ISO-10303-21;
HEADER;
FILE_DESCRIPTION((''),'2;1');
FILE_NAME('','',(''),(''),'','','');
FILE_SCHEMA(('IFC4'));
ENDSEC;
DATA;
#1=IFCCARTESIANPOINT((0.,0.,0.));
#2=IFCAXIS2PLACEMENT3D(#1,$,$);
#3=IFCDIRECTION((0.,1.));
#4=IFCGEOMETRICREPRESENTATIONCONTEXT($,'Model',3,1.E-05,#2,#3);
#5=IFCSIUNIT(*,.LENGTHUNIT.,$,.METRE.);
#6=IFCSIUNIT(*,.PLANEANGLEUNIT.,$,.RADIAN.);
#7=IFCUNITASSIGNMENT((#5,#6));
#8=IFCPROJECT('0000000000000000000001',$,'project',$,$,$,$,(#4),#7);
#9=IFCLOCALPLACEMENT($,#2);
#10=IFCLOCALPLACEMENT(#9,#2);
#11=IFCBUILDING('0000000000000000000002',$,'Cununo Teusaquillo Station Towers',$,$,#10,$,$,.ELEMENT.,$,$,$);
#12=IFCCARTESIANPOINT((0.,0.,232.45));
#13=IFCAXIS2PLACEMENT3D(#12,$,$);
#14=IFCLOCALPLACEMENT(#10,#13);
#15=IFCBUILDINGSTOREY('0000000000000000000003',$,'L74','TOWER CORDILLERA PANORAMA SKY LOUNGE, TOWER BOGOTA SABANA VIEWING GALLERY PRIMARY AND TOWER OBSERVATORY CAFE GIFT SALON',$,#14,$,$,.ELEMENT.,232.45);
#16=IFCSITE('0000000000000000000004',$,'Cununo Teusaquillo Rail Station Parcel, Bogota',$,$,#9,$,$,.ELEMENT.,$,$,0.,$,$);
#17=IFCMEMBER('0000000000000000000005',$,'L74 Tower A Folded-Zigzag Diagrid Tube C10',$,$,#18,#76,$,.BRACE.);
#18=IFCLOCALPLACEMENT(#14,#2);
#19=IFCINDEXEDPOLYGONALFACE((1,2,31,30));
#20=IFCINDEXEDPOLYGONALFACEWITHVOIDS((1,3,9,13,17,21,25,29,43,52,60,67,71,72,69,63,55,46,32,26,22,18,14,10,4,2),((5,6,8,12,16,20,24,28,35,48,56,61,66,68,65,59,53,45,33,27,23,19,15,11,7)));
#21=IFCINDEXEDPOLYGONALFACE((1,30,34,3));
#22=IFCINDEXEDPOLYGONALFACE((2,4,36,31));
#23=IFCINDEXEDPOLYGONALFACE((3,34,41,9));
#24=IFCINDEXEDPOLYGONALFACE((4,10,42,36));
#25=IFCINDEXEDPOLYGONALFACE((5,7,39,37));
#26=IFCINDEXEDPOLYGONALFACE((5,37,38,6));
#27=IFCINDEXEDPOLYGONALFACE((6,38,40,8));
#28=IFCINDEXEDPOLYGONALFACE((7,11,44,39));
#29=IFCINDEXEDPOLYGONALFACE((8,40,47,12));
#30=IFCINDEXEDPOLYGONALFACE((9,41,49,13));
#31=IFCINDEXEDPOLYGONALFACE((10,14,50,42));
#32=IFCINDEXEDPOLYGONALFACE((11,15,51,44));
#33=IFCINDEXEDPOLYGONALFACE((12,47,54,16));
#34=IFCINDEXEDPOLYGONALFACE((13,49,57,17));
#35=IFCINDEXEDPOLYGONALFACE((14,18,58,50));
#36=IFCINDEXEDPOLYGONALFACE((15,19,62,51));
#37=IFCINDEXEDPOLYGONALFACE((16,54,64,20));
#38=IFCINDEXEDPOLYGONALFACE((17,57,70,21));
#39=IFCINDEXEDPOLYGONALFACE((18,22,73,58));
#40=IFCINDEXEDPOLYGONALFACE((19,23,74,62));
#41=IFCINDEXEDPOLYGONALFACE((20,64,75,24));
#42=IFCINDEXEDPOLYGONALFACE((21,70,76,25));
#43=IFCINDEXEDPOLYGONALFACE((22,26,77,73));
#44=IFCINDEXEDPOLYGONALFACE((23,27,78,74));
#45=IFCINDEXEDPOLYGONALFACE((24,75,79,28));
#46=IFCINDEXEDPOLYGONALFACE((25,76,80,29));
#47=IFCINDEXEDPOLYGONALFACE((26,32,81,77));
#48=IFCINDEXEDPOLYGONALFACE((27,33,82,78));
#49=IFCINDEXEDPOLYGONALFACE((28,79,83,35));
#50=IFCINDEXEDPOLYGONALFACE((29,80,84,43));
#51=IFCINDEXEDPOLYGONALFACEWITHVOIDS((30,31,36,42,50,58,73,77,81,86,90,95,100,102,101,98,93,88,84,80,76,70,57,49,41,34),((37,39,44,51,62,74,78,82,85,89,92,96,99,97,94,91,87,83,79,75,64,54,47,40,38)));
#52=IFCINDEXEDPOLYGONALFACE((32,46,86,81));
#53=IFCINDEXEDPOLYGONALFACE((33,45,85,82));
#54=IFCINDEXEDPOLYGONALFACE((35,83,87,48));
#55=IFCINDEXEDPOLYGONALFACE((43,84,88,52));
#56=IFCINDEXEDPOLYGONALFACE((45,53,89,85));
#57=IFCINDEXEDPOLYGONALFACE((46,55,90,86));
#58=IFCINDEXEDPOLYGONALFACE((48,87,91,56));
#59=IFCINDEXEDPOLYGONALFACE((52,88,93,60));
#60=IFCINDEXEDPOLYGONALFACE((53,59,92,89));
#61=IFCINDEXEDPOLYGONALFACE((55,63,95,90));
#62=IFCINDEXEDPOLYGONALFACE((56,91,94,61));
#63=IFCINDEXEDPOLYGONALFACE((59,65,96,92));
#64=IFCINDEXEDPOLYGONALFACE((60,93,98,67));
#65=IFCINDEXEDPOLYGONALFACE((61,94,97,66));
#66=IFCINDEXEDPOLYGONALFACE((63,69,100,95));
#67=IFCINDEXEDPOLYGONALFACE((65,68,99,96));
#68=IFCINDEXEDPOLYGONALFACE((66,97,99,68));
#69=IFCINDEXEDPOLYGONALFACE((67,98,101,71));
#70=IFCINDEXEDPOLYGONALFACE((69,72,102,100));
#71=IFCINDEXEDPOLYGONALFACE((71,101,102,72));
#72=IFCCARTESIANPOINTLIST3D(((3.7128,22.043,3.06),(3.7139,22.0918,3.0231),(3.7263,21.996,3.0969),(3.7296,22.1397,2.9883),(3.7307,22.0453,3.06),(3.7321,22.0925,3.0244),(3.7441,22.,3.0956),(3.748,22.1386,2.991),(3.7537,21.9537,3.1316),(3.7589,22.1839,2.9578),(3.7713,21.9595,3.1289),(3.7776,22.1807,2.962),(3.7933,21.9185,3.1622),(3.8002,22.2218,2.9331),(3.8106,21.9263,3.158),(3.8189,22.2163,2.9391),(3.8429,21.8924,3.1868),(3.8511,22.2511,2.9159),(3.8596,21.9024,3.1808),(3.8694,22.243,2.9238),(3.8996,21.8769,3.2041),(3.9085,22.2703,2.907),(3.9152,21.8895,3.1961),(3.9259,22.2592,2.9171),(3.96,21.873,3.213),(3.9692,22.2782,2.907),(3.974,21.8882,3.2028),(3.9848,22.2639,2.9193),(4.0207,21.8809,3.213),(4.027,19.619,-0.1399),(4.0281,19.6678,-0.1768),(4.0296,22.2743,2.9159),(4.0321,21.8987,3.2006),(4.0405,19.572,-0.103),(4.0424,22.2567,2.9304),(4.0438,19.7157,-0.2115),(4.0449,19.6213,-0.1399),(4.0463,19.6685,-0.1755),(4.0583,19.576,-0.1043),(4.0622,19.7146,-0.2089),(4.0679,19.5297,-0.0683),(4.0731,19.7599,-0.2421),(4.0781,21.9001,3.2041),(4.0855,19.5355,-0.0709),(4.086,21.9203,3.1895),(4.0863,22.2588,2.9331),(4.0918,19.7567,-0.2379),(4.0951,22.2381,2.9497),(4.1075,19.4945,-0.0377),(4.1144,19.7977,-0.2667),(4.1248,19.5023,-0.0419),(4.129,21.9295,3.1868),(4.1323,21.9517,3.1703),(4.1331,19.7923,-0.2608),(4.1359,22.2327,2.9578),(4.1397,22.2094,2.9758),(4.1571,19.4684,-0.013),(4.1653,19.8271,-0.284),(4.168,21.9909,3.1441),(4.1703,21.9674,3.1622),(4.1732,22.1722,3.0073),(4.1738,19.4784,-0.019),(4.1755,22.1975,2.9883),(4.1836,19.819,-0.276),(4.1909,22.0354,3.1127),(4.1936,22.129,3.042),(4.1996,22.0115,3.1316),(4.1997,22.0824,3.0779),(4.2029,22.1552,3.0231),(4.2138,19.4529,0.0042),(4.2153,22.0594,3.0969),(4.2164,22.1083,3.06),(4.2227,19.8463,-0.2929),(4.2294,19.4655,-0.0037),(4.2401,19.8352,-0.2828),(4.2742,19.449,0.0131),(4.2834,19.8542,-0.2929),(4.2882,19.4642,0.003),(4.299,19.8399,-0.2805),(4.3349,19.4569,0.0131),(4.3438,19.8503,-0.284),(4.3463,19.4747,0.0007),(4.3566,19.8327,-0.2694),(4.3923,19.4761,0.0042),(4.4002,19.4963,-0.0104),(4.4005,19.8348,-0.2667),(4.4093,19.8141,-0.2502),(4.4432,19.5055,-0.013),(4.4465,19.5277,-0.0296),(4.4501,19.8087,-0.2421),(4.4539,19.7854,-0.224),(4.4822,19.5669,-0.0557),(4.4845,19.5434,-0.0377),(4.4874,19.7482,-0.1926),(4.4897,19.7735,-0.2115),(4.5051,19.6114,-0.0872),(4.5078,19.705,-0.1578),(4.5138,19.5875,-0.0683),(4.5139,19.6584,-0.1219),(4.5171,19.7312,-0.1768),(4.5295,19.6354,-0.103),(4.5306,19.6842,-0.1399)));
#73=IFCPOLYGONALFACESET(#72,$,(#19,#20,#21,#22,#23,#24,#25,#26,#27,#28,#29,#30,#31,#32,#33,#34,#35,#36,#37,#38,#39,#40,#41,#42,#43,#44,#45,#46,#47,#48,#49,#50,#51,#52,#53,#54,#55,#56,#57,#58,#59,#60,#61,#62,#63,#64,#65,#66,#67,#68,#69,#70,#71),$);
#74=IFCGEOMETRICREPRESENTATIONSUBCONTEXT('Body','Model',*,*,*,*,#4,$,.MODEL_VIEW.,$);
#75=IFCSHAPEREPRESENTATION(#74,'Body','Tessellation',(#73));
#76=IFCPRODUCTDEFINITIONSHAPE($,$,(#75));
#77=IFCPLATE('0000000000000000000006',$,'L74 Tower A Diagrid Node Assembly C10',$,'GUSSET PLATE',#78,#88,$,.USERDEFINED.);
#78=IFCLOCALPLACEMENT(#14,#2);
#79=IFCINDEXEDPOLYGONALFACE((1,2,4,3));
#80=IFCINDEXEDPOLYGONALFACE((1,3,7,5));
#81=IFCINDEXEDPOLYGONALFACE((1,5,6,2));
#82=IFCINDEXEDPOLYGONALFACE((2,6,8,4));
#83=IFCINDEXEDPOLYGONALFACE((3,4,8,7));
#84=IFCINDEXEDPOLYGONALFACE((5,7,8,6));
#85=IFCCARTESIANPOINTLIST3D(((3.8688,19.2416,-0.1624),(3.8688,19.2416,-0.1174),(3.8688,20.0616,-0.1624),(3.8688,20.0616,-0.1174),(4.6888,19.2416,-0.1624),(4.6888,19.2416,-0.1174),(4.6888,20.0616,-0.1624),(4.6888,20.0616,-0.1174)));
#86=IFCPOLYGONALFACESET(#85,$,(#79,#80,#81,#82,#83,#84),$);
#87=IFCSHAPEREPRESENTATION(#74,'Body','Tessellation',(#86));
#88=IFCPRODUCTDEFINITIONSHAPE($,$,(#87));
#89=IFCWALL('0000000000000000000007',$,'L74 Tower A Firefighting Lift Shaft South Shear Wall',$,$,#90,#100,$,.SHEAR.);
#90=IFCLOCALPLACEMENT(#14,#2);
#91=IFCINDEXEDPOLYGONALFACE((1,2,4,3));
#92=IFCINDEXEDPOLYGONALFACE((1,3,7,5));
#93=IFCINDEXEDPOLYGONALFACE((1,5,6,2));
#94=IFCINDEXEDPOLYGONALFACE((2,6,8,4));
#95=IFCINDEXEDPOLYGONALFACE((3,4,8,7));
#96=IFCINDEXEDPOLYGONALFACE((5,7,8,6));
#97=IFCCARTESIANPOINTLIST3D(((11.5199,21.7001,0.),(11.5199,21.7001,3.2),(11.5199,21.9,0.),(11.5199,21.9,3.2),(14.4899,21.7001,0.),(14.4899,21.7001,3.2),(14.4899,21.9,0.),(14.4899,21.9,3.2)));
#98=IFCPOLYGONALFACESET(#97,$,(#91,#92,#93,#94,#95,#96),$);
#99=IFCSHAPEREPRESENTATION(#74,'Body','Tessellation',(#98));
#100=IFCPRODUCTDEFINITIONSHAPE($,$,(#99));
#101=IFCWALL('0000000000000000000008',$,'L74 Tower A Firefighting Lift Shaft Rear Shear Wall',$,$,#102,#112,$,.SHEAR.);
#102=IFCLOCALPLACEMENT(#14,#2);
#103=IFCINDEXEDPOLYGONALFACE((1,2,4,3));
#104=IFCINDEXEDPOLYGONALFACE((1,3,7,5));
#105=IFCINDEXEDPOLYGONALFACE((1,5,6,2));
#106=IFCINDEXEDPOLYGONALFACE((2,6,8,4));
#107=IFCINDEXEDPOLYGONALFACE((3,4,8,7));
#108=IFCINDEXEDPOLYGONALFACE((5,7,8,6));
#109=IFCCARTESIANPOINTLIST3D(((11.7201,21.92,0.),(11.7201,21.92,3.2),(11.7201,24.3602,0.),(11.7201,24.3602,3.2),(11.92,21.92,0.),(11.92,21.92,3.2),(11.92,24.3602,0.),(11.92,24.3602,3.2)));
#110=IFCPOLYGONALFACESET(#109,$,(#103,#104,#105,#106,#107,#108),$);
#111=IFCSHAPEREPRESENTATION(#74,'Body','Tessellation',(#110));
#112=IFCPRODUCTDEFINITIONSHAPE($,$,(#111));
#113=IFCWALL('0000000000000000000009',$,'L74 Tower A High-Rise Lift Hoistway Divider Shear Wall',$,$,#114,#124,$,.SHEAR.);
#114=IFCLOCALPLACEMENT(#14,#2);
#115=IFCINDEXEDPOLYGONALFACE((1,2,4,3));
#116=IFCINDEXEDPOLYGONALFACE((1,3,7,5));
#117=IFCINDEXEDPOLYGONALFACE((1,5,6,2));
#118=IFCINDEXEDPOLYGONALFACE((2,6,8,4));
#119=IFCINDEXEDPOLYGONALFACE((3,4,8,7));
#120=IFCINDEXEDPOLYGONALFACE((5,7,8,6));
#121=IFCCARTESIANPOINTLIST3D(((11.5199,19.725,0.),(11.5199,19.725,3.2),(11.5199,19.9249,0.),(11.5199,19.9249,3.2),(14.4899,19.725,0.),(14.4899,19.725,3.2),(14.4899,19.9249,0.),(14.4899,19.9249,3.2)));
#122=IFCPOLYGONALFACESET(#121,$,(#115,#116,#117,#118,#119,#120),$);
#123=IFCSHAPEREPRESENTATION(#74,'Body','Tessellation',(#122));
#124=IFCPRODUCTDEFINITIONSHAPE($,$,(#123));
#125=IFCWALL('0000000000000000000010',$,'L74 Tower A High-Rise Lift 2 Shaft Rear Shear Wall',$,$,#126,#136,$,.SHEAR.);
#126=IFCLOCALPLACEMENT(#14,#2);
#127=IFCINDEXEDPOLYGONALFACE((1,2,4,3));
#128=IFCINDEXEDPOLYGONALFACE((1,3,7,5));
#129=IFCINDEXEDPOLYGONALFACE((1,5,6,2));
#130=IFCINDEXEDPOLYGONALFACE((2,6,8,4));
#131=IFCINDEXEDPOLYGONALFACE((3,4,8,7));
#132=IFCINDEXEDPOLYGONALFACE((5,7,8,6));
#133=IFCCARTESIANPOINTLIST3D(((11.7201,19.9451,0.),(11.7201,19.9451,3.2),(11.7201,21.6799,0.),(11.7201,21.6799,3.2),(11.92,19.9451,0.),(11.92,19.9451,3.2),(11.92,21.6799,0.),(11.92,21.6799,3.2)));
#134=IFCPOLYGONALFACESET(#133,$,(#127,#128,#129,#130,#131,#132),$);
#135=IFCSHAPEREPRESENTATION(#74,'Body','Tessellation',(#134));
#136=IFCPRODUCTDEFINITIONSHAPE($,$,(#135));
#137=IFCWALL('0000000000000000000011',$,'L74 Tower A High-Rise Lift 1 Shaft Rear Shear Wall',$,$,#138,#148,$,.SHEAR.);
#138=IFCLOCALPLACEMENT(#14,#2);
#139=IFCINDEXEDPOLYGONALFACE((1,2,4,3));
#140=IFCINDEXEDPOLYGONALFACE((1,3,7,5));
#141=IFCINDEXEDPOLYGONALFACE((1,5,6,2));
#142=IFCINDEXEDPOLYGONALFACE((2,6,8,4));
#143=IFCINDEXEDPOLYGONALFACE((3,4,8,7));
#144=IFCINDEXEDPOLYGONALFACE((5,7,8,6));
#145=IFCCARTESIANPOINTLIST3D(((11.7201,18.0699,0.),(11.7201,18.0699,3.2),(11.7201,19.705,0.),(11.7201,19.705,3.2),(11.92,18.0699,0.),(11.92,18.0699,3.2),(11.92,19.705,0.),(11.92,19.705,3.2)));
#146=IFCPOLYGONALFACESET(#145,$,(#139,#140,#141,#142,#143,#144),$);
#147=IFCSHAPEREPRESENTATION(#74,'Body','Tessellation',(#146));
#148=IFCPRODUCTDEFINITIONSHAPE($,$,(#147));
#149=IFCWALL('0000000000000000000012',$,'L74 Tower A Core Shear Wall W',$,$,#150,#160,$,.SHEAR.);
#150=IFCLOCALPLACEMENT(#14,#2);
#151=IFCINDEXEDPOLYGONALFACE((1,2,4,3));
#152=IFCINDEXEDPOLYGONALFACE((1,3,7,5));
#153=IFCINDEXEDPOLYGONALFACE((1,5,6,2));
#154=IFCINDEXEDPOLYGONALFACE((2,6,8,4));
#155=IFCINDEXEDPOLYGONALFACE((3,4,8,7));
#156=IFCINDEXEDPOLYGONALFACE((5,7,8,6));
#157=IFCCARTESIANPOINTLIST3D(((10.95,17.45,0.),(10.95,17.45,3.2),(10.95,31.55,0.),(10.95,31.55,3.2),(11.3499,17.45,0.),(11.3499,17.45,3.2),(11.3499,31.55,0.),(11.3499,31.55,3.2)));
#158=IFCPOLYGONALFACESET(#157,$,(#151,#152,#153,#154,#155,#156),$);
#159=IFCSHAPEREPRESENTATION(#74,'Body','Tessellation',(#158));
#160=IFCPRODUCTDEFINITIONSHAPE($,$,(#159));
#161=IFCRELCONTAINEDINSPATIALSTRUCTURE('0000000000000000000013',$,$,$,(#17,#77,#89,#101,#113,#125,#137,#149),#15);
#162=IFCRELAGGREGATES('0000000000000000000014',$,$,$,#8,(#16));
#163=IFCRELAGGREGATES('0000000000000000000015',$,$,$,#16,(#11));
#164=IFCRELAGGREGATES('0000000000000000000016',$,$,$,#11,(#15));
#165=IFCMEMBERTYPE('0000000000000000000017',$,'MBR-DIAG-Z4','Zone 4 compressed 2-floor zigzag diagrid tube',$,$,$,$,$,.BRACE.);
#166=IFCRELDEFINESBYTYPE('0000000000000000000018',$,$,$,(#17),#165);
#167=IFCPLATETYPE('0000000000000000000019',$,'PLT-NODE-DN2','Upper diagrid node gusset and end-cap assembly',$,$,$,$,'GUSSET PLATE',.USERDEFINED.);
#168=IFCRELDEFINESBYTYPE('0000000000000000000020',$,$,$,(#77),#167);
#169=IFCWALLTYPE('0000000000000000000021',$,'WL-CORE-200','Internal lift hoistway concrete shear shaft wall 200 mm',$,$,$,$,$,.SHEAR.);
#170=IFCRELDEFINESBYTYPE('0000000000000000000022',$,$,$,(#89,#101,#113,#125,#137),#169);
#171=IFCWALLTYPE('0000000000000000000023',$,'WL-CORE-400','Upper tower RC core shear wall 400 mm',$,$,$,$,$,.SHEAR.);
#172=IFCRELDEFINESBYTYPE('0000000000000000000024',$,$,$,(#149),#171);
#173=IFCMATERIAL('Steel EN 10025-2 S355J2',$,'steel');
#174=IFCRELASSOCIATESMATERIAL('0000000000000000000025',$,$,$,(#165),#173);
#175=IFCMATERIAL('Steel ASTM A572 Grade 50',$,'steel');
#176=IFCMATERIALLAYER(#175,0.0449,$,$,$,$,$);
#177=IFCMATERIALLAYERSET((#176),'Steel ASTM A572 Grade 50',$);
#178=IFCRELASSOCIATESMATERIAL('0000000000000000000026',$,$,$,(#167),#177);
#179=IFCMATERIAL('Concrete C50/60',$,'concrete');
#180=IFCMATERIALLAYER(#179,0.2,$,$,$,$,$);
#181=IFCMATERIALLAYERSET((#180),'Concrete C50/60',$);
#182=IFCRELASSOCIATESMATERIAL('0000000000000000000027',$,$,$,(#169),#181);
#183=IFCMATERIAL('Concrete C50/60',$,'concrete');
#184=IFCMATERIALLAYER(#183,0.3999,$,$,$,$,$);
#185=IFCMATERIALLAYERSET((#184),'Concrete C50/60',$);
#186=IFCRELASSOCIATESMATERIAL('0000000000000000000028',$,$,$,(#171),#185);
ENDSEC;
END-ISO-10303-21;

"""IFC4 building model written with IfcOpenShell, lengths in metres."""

from ifc_helpers import new_model, si_unit, direction, frame, frame_2d, origin, origin_2d, place, context, subcontext, project, spatial, rectangle, hollow_circle, extrude, source, transform, mapped, material, layer, layer_set, material_profile, profile_set, type_object, element, save


model = new_model("IFC4")

# Units and contexts
model_context = context("Model", 3, precision=1e-05, world=origin(), true_north=direction((0.0, 1.0)))
body_context = subcontext(model_context, "Body", "Model", "MODEL_VIEW")
ifc_project = project(units=[si_unit("LENGTHUNIT", "METRE"), si_unit("PLANEANGLEUNIT", "RADIAN")], contexts=[model_context])

# Site, building, storey
site_placement = place(None, origin())
site = spatial("IfcSite", under=ifc_project, at=site_placement, Name="Cununo Teusaquillo Rail Station Parcel, Bogota", CompositionType="ELEMENT", RefElevation=0.0)
building_placement = place(site_placement, origin())
building = spatial("IfcBuilding", under=site, at=building_placement, Name="Cununo Teusaquillo Station Towers", CompositionType="ELEMENT")
storey_placement = place(building_placement, frame((0.0, 0.0, 232.45)))
storey = spatial("IfcBuildingStorey", under=building, at=storey_placement, Name="L74", Description="TOWER CORDILLERA PANORAMA SKY LOUNGE, TOWER BOGOTA SABANA VIEWING GALLERY PRIMARY AND TOWER OBSERVATORY CAFE GIFT SALON", CompositionType="ELEMENT", Elevation=232.45)

# Member
ifc_material_1 = material(Name="Steel EN 10025-2 S355J2", Category="steel")
ifc_material_profile_1 = material_profile(ifc_material_1, hollow_circle(Radius=0.2539, WallThickness=0.0181, at=origin_2d()), Name="CHS 508x18")
ifc_profile_set_1 = profile_set([ifc_material_profile_1], Name="Steel EN 10025-2 S355J2")
member_type = type_object("IfcMemberType", Name="MBR-DIAG-Z4", Description="Zone 4 compressed 2-floor zigzag diagrid tube", PredefinedType="BRACE", material=ifc_profile_set_1)
member_placement = place(storey_placement, frame((4.2788, 19.6516, -0.1399), z_axis=(-0.078031, 0.601995, 0.794678), x_axis=(-0.991704, -0.128545, 0.0)))
element("IfcMember", 1, at=member_placement, inside=storey, type_object=member_type, Name="L74 Tower A Folded-Zigzag Diagrid Tube C10", PredefinedType="BRACE", context=body_context, shape_type="SweptSolid", body=[
    extrude(hollow_circle(Radius=0.2539, WallThickness=0.0181, at=origin_2d()), origin(), (0.0, 0.0, 1.0), 4.0266),
])

# Plate
ifc_material_2 = material(Name="Steel ASTM A572 Grade 50", Category="steel")
ifc_layer_1 = layer(ifc_material_2, 0.0449)
ifc_layer_set_1 = layer_set([ifc_layer_1], Name="Steel ASTM A572 Grade 50")
plate_type = type_object("IfcPlateType", Name="PLT-NODE-DN2", Description="Upper diagrid node gusset and end-cap assembly", ElementType="GUSSET PLATE", PredefinedType="USERDEFINED", material=ifc_layer_set_1)
shared_shape_1 = source(origin(), body_context, "Body", "SweptSolid", [
    extrude(rectangle(XDim=0.8201, YDim=0.8201, at=origin_2d()), origin(), (0.0, 0.0, 1.0), 0.0449),
])
plate_placement = place(storey_placement, frame((4.2788, 19.6516, -0.1624), z_axis=(0.0, 0.0, 1.0), x_axis=(1.0, 0.0, 0.0)))
element("IfcPlate", 2, at=plate_placement, inside=storey, type_object=plate_type, Name="L74 Tower A Diagrid Node Assembly C10", ObjectType="GUSSET PLATE", PredefinedType="USERDEFINED", context=body_context, shape_type="MappedRepresentation", body=[
    mapped(shared_shape_1, transform((0.0, 0.0, 0.0), x_axis=(1.0, 0.0, 0.0), y_axis=(0.0, 1.0, 0.0), z_axis=(0.0, 0.0, 1.0), scale=1.0)),
])

# Walls
ifc_material_3 = material(Name="Concrete C50/60", Category="concrete")
ifc_layer_2 = layer(ifc_material_3, 0.2)
ifc_layer_set_2 = layer_set([ifc_layer_2], Name="Concrete C50/60")
wall_type_1 = type_object("IfcWallType", Name="WL-CORE-200", Description="Internal lift hoistway concrete shear shaft wall 200 mm", PredefinedType="SHEAR", material=ifc_layer_set_2)
wall_1_placement = place(storey_placement, frame((11.52, 21.8, 0.0), z_axis=(0.0, 0.0, 1.0), x_axis=(1.0, 0.0, 0.0)))
element("IfcWall", 3, at=wall_1_placement, inside=storey, type_object=wall_type_1, Name="L74 Tower A Firefighting Lift Shaft South Shear Wall", PredefinedType="SHEAR", context=body_context, shape_type="SweptSolid", body=[
    extrude(rectangle(XDim=2.97, YDim=0.2, at=frame_2d((1.4849, 0.0))), origin(), (0.0, 0.0, 1.0), 3.2),
])
wall_2_placement = place(storey_placement, frame((11.8201, 21.9199, 0.0), z_axis=(0.0, 0.0, 1.0), x_axis=(0.0, 1.0, 0.0)))
element("IfcWall", 4, at=wall_2_placement, inside=storey, type_object=wall_type_1, Name="L74 Tower A Firefighting Lift Shaft Rear Shear Wall", PredefinedType="SHEAR", context=body_context, shape_type="SweptSolid", body=[
    extrude(rectangle(XDim=2.4402, YDim=0.2, at=frame_2d((1.2202, 0.0))), origin(), (0.0, 0.0, 1.0), 3.2),
])
wall_3_placement = place(storey_placement, frame((11.52, 19.825, 0.0), z_axis=(0.0, 0.0, 1.0), x_axis=(1.0, 0.0, 0.0)))
element("IfcWall", 5, at=wall_3_placement, inside=storey, type_object=wall_type_1, Name="L74 Tower A High-Rise Lift Hoistway Divider Shear Wall", PredefinedType="SHEAR", context=body_context, shape_type="SweptSolid", body=[
    extrude(rectangle(XDim=2.97, YDim=0.2, at=frame_2d((1.4849, 0.0))), origin(), (0.0, 0.0, 1.0), 3.2),
])
wall_4_placement = place(storey_placement, frame((11.8201, 19.9451, 0.0), z_axis=(0.0, 0.0, 1.0), x_axis=(0.0, 1.0, 0.0)))
element("IfcWall", 6, at=wall_4_placement, inside=storey, type_object=wall_type_1, Name="L74 Tower A High-Rise Lift 2 Shaft Rear Shear Wall", PredefinedType="SHEAR", context=body_context, shape_type="SweptSolid", body=[
    extrude(rectangle(XDim=1.7349, YDim=0.2, at=frame_2d((0.8674, 0.0))), origin(), (0.0, 0.0, 1.0), 3.2),
])
wall_5_placement = place(storey_placement, frame((11.8201, 18.0701, 0.0), z_axis=(0.0, 0.0, 1.0), x_axis=(0.0, 1.0, 0.0)))
element("IfcWall", 7, at=wall_5_placement, inside=storey, type_object=wall_type_1, Name="L74 Tower A High-Rise Lift 1 Shaft Rear Shear Wall", PredefinedType="SHEAR", context=body_context, shape_type="SweptSolid", body=[
    extrude(rectangle(XDim=1.635, YDim=0.2, at=frame_2d((0.8174, 0.0))), origin(), (0.0, 0.0, 1.0), 3.2),
])
ifc_material_4 = material(Name="Concrete C50/60", Category="concrete")
ifc_layer_3 = layer(ifc_material_4, 0.3999)
ifc_layer_set_3 = layer_set([ifc_layer_3], Name="Concrete C50/60")
wall_type_2 = type_object("IfcWallType", Name="WL-CORE-400", Description="Upper tower RC core shear wall 400 mm", PredefinedType="SHEAR", material=ifc_layer_set_3)
wall_6_placement = place(storey_placement, frame((11.1499, 17.45, 0.0), z_axis=(0.0, 0.0, 1.0), x_axis=(0.0, 1.0, 0.0)))
element("IfcWall", 8, at=wall_6_placement, inside=storey, type_object=wall_type_2, Name="L74 Tower A Core Shear Wall W", PredefinedType="SHEAR", context=body_context, shape_type="SweptSolid", body=[
    extrude(rectangle(XDim=14.1001, YDim=0.3999, at=frame_2d((7.05, 0.0))), origin(), (0.0, 0.0, 1.0), 3.2),
])

save(model, "model.ifc")
